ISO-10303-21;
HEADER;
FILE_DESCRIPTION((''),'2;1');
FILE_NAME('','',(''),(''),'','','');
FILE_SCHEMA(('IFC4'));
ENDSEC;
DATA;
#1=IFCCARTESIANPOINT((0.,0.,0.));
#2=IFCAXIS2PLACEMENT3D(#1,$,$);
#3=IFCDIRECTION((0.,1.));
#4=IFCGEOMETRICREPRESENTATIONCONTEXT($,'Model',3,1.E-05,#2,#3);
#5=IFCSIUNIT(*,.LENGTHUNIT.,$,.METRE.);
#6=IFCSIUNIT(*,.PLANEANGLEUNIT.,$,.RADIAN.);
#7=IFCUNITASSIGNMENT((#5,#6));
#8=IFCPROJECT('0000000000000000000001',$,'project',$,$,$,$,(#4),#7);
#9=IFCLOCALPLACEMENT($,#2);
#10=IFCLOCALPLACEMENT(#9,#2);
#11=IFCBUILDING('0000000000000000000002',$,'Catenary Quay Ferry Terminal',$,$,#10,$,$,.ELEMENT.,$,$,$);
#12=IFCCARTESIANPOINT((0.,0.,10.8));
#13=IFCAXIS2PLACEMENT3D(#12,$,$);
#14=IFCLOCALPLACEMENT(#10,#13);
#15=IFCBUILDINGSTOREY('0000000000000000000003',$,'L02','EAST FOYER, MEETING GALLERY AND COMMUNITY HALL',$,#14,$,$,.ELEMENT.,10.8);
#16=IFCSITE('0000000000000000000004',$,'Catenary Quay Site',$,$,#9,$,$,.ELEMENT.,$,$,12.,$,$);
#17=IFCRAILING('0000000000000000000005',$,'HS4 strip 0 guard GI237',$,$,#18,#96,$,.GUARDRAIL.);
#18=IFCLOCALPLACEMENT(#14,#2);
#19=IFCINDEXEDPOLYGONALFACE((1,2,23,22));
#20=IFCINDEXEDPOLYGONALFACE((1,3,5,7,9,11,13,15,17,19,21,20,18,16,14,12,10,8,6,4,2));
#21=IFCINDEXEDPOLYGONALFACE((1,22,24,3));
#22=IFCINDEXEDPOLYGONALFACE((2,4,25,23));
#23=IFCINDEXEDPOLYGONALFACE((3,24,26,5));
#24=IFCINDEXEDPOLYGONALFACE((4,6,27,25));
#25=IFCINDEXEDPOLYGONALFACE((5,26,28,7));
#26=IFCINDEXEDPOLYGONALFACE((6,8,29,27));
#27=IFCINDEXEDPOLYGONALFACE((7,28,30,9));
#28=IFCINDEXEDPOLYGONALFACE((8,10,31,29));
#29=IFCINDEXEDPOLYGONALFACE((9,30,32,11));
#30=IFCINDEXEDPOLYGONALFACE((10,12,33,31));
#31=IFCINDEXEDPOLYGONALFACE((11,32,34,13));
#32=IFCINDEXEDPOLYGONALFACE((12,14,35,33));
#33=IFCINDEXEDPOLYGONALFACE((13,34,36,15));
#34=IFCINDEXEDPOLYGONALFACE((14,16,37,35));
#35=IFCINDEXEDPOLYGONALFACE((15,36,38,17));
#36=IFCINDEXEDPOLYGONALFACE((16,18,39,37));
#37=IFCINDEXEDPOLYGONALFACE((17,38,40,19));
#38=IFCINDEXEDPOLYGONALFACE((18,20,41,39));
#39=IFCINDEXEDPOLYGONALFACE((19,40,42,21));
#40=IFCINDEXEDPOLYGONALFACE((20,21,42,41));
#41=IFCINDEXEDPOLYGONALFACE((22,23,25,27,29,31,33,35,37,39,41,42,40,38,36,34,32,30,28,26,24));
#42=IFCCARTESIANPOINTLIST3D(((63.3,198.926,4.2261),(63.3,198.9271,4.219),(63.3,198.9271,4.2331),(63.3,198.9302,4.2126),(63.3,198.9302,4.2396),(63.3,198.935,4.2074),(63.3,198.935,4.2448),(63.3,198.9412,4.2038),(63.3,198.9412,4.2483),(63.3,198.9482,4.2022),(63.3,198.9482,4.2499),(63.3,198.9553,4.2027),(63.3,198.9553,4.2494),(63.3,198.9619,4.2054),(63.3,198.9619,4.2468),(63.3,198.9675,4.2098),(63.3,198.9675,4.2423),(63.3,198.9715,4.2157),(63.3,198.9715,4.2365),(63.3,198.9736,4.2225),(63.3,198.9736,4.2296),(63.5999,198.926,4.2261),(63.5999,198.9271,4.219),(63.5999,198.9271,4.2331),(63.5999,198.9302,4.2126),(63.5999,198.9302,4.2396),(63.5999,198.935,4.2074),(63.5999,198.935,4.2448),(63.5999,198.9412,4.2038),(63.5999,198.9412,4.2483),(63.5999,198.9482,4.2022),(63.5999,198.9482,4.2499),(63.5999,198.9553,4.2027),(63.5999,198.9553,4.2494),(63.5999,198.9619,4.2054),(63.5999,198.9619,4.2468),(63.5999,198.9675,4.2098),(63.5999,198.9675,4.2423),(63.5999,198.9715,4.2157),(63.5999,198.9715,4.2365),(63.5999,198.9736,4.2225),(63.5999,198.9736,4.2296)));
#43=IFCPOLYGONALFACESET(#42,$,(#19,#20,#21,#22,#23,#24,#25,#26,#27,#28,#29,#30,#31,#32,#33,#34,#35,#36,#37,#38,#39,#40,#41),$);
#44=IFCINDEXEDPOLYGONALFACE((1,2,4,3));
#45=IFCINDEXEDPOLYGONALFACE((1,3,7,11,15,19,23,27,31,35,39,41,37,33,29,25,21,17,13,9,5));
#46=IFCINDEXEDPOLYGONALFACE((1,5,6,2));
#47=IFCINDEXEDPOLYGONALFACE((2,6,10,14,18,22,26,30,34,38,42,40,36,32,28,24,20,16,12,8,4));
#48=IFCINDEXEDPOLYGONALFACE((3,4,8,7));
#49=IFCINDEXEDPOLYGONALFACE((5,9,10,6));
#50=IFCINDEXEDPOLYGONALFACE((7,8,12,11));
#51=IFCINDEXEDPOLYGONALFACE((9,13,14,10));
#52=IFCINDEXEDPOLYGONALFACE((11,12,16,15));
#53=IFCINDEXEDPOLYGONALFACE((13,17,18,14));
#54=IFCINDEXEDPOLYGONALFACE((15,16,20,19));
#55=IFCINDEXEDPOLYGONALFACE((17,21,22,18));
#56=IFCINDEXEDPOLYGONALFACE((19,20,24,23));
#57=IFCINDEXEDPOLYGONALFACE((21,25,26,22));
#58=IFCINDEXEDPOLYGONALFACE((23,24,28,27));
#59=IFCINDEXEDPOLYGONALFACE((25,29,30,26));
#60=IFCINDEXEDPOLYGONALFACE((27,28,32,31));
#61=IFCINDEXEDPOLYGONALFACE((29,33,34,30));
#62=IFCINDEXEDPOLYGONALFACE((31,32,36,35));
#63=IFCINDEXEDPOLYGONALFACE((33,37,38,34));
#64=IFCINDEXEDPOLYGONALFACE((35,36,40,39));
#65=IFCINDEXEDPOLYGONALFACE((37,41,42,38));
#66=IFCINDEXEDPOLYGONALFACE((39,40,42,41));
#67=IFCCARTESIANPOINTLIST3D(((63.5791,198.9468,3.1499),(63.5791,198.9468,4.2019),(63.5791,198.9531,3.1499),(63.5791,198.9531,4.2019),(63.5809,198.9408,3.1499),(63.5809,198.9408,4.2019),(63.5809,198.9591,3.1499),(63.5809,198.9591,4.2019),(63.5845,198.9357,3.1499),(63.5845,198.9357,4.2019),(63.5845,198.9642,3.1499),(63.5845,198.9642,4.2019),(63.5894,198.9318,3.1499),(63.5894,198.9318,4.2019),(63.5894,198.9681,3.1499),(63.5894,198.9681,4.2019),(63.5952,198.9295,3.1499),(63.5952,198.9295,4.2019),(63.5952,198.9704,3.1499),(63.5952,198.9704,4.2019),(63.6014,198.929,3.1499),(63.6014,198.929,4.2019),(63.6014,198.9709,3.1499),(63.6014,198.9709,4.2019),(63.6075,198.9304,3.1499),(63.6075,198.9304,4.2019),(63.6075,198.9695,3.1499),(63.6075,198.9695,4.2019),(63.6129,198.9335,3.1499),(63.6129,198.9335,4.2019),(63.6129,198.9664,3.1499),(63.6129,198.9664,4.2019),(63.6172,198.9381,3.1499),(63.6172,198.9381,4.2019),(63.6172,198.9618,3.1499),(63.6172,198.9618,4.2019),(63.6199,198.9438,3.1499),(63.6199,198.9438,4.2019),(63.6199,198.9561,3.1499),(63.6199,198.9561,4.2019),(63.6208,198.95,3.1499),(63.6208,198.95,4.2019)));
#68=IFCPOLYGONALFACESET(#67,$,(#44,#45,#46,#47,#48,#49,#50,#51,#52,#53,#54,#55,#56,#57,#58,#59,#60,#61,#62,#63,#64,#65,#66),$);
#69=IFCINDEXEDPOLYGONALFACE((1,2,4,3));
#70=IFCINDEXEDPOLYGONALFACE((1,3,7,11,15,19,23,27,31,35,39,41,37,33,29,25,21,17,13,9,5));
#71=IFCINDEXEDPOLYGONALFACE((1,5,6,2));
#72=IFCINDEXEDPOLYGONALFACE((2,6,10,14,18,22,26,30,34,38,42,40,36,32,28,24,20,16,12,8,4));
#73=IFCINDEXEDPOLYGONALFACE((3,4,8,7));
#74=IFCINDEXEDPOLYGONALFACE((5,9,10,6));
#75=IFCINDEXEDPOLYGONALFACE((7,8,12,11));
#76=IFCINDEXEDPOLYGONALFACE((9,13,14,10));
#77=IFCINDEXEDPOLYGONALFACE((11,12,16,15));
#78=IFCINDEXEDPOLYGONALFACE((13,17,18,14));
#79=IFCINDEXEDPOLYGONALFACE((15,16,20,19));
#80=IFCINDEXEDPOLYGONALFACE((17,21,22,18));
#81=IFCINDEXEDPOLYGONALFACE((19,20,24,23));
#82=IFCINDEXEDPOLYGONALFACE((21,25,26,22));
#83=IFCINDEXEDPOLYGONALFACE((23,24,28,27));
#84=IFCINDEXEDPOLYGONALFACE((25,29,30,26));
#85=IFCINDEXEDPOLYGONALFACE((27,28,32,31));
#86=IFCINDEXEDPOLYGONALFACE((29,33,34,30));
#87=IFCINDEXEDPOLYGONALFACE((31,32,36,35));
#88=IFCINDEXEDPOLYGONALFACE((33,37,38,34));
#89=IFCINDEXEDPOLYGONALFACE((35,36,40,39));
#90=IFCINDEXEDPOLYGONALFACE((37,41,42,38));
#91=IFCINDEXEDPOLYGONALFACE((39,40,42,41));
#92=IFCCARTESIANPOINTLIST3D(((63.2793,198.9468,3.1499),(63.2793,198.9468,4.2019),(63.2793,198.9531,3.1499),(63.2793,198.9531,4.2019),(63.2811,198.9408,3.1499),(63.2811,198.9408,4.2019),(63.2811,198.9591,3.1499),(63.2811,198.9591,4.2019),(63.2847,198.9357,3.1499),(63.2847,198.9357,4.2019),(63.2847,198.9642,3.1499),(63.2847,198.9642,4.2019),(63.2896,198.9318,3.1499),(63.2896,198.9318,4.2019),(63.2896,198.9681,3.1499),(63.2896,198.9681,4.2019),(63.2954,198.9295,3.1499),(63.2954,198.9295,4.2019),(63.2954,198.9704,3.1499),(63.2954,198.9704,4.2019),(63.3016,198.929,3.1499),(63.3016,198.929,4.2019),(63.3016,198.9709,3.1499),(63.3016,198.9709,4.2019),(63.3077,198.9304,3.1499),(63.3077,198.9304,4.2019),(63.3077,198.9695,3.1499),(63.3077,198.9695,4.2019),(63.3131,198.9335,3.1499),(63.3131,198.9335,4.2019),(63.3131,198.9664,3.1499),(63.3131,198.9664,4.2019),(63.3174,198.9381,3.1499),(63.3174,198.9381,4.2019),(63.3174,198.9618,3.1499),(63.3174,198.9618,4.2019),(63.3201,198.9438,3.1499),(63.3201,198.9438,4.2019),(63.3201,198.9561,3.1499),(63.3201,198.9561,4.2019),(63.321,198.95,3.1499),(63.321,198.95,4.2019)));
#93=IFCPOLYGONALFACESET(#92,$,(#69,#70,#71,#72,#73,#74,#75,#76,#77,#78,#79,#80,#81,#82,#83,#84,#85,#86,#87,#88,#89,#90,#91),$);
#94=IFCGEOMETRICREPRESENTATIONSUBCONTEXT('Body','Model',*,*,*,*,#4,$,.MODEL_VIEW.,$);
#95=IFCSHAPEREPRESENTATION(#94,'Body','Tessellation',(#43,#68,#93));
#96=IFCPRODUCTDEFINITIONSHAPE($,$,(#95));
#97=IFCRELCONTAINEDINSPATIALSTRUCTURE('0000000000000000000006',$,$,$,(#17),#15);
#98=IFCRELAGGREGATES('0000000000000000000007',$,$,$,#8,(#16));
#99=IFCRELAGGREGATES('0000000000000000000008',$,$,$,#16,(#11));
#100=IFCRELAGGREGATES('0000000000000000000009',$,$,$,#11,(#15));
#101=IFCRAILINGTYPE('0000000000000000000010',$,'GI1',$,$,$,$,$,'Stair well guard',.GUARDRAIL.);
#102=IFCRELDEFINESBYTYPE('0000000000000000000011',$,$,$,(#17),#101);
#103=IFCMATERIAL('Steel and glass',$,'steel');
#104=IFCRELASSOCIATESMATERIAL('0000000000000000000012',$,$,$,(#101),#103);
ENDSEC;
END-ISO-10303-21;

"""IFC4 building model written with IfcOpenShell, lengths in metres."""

from ifc_helpers import new_model, si_unit, direction, frame, origin, origin_2d, place, context, subcontext, project, spatial, circle, extrude, material, type_object, element, save


model = new_model("IFC4")

# Units and contexts
model_context = context("Model", 3, precision=1e-05, world=origin(), true_north=direction((0.0, 1.0)))
body_context = subcontext(model_context, "Body", "Model", "MODEL_VIEW")
ifc_project = project(units=[si_unit("LENGTHUNIT", "METRE"), si_unit("PLANEANGLEUNIT", "RADIAN")], contexts=[model_context])

# Site, building, storey
site_placement = place(None, origin())
site = spatial("IfcSite", under=ifc_project, at=site_placement, Name="Catenary Quay Site", CompositionType="ELEMENT", RefElevation=12.0)
building_placement = place(site_placement, origin())
building = spatial("IfcBuilding", under=site, at=building_placement, Name="Catenary Quay Ferry Terminal", CompositionType="ELEMENT")
storey_placement = place(building_placement, frame((0.0, 0.0, 10.8)))
storey = spatial("IfcBuildingStorey", under=building, at=storey_placement, Name="L02", Description="EAST FOYER, MEETING GALLERY AND COMMUNITY HALL", CompositionType="ELEMENT", Elevation=10.8)

# Railing
ifc_material_1 = material(Name="Steel and glass", Category="steel")
railing_type_1 = type_object("IfcRailingType", Name="GI1", ElementType="Stair well guard", PredefinedType="GUARDRAIL", material=ifc_material_1)
railing_placement = place(storey_placement, frame((63.5999, 198.95, 3.1499)))
element("IfcRailing", 1, at=railing_placement, inside=storey, type_object=railing_type_1, Name="HS4 strip 0 guard GI237", PredefinedType="GUARDRAIL", context=body_context, shape_type="SweptSolid", body=[
    extrude(circle(Radius=0.0239, at=origin_2d()), frame((0.0, 0.0, 1.0762), z_axis=(-1.0, 0.0, 0.0), x_axis=(0.0, -1.0, 0.0)), (0.0, 0.0, 1.0), 0.2998),
    extrude(circle(Radius=0.021, at=origin_2d()), origin(), (0.0, 0.0, 1.0), 1.052),
    extrude(circle(Radius=0.021, at=origin_2d()), frame((-0.2998, 0.0, 0.0)), (0.0, 0.0, 1.0), 1.052),
])

save(model, "model.ifc")
